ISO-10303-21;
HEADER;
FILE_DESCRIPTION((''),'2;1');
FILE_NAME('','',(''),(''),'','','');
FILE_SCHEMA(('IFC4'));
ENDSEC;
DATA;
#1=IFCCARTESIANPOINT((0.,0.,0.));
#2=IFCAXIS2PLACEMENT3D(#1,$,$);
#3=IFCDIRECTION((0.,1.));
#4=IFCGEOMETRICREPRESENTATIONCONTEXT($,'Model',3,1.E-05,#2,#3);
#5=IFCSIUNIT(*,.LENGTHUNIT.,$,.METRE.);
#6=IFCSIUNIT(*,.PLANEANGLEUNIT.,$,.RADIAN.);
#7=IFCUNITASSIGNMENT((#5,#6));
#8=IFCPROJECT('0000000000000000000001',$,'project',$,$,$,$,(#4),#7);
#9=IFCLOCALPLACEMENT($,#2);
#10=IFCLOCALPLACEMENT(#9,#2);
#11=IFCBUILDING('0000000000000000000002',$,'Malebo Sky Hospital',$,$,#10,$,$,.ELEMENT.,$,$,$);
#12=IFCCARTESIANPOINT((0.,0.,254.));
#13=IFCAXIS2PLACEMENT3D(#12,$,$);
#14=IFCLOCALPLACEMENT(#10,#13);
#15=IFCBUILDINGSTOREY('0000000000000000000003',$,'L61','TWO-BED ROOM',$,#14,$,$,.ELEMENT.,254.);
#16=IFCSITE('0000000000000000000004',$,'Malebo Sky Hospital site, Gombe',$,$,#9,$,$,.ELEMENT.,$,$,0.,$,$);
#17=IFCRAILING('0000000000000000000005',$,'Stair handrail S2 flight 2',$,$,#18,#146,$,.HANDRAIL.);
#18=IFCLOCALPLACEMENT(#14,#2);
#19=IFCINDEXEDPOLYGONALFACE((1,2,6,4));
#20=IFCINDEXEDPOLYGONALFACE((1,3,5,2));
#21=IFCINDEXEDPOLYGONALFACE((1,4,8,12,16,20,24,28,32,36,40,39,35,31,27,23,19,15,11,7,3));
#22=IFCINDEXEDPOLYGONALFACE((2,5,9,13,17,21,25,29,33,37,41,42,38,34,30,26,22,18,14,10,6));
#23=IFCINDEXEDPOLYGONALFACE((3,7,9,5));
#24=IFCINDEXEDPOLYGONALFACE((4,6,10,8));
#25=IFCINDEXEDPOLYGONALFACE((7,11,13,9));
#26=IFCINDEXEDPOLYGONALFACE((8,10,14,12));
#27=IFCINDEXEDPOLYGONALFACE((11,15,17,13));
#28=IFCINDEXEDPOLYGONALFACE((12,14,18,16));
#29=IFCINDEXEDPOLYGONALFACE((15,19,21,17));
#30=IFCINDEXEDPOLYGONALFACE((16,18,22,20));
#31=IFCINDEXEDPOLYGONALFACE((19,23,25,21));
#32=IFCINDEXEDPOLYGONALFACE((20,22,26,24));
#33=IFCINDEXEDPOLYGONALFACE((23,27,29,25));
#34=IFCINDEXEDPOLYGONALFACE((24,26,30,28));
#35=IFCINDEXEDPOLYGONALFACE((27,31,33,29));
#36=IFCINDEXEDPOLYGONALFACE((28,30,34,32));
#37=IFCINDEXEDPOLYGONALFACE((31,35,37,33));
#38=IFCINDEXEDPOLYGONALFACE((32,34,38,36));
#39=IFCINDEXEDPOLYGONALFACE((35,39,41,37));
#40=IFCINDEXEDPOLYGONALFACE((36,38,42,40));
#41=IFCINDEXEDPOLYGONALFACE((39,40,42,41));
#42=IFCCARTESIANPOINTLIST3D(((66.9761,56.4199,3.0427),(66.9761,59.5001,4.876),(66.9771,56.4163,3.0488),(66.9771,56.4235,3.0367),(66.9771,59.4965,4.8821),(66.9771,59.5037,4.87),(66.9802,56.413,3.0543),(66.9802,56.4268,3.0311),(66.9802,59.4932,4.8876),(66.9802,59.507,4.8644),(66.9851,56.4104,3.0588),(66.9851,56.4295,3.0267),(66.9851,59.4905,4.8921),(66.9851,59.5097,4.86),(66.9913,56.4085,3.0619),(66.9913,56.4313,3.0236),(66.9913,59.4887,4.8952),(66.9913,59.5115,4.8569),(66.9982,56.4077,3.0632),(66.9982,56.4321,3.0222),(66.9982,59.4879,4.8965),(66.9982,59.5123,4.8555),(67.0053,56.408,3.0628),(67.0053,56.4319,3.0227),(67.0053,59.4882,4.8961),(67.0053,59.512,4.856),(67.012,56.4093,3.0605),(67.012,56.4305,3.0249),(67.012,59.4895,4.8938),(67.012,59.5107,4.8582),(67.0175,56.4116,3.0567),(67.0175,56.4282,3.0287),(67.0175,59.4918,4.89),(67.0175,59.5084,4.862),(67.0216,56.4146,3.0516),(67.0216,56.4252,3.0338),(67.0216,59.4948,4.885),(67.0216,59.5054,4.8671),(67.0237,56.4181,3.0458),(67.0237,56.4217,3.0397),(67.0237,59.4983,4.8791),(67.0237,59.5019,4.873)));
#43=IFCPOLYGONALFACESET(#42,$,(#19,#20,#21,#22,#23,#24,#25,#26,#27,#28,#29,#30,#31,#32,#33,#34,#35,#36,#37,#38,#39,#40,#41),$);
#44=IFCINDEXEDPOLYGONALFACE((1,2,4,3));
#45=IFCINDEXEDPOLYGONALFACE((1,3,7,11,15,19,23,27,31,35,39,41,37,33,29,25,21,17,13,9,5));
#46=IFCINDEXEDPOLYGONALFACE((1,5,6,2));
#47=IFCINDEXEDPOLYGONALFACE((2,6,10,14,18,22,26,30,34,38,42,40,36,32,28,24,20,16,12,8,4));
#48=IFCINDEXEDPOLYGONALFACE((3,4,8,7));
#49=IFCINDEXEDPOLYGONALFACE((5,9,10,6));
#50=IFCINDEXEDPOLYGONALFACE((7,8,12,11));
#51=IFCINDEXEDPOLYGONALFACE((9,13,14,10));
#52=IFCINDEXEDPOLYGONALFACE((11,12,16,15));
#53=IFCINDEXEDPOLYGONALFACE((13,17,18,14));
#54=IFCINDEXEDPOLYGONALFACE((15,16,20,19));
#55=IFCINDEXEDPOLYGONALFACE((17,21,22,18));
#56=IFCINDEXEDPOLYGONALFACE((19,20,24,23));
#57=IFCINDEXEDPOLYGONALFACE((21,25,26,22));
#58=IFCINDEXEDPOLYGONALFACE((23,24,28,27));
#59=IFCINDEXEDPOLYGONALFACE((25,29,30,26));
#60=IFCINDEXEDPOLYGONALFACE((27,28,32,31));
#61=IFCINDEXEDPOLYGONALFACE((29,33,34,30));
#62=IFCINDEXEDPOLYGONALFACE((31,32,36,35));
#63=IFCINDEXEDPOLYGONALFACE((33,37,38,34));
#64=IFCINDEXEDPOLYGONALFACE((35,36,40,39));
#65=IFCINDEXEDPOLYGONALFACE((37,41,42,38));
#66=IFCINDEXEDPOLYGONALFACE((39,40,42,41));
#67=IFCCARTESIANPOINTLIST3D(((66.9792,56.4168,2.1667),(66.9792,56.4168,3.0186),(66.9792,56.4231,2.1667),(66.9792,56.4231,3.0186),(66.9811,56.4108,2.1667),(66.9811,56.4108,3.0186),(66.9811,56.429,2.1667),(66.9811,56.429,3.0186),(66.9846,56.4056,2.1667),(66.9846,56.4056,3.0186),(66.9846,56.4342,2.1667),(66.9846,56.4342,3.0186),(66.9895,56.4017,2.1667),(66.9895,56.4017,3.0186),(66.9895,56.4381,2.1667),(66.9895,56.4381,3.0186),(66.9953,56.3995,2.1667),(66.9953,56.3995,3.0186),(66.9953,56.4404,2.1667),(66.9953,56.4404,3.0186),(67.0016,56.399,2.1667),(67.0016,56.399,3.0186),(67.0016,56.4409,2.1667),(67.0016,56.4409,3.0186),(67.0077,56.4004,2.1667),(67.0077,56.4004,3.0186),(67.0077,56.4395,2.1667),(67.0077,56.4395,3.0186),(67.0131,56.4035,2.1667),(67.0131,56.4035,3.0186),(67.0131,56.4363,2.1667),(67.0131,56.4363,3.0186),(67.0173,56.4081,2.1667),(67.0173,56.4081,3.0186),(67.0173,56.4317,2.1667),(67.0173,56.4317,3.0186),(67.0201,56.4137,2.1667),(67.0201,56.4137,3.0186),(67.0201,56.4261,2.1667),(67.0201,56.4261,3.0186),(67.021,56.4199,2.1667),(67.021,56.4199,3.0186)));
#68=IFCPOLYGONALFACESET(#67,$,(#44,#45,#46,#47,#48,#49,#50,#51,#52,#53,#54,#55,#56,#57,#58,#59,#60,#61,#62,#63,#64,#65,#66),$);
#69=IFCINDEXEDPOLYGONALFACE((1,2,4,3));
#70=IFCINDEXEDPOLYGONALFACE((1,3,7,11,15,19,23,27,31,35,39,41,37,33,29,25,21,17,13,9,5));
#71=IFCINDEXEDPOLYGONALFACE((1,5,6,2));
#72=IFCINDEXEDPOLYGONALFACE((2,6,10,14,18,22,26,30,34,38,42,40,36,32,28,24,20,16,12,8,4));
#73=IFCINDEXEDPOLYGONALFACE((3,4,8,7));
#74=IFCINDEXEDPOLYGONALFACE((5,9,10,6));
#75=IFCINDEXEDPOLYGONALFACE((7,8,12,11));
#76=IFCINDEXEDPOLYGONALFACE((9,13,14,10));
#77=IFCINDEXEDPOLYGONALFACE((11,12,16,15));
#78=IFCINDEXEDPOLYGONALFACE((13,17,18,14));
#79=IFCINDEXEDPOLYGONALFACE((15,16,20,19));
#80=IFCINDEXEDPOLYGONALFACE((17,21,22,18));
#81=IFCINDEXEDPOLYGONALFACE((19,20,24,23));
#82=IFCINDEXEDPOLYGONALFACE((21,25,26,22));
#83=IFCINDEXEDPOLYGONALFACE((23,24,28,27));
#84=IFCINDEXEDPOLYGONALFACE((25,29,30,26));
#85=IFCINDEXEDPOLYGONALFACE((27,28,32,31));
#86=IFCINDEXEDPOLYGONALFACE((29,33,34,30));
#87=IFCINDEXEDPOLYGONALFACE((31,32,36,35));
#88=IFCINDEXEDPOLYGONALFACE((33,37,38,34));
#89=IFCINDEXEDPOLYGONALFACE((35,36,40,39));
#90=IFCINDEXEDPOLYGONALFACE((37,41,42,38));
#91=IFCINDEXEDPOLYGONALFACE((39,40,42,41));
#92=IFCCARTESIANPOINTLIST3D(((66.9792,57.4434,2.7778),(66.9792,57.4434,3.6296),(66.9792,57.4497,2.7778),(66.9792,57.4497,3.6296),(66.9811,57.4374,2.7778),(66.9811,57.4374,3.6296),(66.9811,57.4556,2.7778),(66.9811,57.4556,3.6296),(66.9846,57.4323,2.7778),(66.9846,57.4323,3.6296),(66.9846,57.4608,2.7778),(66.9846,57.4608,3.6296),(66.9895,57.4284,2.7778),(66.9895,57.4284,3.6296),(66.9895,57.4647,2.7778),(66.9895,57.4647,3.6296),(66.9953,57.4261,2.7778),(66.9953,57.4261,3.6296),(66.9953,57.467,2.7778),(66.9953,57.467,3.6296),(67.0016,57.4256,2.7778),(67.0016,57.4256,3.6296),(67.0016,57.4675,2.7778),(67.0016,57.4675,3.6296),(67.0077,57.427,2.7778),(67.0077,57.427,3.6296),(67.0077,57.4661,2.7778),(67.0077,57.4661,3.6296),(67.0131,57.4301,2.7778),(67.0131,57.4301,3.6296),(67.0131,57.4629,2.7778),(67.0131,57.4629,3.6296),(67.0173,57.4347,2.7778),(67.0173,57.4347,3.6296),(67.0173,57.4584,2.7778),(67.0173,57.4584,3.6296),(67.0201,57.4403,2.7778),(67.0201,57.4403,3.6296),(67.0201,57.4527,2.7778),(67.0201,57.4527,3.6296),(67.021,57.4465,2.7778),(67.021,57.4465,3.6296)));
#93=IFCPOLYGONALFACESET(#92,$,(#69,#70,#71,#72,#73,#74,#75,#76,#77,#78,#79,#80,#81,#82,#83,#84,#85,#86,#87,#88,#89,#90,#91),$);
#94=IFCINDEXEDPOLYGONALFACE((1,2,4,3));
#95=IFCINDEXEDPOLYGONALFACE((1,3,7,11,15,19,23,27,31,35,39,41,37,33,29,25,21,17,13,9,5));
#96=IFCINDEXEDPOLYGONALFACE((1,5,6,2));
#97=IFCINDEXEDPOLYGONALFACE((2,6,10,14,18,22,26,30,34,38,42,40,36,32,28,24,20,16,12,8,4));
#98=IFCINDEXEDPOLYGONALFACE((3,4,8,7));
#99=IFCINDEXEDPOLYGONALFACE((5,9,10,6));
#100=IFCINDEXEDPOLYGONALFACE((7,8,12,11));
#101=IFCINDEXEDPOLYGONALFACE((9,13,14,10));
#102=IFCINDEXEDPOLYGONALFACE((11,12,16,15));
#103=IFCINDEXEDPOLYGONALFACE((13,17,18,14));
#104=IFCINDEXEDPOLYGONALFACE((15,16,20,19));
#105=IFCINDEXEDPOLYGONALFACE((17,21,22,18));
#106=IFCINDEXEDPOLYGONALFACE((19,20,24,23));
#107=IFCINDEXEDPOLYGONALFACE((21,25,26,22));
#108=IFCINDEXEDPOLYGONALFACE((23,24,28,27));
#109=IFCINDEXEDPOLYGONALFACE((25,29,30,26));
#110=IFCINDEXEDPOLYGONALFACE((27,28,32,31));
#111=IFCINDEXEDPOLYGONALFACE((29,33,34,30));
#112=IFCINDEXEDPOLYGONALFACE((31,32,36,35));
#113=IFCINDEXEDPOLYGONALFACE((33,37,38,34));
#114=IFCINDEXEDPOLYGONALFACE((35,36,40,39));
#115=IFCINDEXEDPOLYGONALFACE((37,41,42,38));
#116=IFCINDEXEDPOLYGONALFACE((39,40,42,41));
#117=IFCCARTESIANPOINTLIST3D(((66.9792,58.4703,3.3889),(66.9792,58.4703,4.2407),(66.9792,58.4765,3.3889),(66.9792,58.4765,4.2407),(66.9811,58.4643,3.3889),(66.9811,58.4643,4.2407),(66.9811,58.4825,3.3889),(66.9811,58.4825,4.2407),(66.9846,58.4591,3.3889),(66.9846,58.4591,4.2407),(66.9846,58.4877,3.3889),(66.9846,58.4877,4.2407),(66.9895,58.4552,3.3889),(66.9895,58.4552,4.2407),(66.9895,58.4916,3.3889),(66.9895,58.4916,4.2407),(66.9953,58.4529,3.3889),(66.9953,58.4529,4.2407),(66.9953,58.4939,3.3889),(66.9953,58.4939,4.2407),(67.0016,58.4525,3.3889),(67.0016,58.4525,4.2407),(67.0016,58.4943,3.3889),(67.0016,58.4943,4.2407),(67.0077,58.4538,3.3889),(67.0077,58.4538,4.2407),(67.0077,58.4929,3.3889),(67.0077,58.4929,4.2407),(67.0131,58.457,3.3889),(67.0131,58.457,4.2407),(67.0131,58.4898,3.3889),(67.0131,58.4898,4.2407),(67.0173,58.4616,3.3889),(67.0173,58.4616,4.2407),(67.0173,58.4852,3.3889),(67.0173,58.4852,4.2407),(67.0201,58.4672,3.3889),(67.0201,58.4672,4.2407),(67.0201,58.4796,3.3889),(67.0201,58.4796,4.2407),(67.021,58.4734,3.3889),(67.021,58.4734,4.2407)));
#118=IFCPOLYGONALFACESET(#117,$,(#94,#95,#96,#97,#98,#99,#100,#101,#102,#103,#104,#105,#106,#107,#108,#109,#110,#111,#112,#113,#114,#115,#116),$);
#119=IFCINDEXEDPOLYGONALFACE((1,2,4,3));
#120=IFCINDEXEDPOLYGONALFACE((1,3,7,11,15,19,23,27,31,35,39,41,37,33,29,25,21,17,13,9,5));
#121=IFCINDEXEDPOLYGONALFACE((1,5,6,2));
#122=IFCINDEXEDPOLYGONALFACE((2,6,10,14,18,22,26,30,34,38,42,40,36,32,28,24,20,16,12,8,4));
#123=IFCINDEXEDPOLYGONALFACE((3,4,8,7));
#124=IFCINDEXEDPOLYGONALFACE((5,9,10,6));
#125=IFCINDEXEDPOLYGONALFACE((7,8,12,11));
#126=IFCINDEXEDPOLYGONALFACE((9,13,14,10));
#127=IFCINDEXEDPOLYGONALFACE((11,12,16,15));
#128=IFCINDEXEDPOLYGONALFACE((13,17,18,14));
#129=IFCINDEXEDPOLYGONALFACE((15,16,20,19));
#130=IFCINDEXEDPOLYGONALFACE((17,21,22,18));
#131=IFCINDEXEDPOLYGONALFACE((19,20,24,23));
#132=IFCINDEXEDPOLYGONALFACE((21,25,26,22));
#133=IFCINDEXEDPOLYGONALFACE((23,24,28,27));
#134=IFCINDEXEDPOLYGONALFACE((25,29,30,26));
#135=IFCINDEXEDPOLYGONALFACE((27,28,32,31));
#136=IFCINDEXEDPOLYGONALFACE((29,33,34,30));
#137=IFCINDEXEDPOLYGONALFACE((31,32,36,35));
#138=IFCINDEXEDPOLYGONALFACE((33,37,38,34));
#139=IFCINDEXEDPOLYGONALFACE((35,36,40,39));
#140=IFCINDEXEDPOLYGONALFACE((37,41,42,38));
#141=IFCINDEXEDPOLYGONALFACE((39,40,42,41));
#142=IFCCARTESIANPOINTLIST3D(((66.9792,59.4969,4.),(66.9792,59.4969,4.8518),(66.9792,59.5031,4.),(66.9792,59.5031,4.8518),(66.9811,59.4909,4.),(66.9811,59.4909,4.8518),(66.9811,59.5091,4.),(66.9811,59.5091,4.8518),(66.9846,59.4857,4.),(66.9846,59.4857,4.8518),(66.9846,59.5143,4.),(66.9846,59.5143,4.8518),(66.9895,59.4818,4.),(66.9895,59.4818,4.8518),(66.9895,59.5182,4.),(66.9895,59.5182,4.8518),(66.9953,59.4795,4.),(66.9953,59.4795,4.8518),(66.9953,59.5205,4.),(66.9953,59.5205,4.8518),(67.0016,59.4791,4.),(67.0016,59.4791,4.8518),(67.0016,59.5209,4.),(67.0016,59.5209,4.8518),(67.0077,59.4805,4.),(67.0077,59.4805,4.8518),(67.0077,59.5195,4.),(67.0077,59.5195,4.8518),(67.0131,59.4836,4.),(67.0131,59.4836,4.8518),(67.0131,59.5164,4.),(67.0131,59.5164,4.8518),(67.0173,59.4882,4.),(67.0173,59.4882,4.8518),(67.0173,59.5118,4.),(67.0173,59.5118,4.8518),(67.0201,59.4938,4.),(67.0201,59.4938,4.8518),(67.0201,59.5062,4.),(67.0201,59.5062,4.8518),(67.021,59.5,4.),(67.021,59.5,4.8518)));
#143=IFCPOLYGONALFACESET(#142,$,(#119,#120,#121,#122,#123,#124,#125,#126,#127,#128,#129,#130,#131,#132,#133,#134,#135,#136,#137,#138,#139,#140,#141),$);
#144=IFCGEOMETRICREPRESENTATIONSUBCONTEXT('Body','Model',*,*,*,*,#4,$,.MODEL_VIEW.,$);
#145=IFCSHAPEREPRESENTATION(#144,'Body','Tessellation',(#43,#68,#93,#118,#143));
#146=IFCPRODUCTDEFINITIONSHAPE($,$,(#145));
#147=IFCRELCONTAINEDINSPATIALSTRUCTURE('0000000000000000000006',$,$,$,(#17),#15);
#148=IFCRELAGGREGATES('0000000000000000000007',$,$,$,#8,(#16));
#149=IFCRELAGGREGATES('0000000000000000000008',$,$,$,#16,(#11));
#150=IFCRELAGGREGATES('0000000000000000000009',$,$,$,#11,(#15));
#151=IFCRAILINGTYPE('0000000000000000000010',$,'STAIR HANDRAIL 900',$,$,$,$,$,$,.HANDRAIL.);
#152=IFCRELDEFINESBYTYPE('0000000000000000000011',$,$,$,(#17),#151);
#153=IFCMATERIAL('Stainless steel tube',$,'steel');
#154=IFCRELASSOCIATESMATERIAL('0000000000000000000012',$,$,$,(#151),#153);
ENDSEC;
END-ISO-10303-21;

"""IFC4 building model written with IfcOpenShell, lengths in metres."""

from ifc_helpers import new_model, si_unit, direction, frame, origin, origin_2d, place, context, subcontext, project, spatial, circle, extrude, material, type_object, element, save


model = new_model("IFC4")

# Units and contexts
model_context = context("Model", 3, precision=1e-05, world=origin(), true_north=direction((0.0, 1.0)))
body_context = subcontext(model_context, "Body", "Model", "MODEL_VIEW")
ifc_project = project(units=[si_unit("LENGTHUNIT", "METRE"), si_unit("PLANEANGLEUNIT", "RADIAN")], contexts=[model_context])

# Site, building, storey
site_placement = place(None, origin())
site = spatial("IfcSite", under=ifc_project, at=site_placement, Name="Malebo Sky Hospital site, Gombe", CompositionType="ELEMENT", RefElevation=0.0)
building_placement = place(site_placement, origin())
building = spatial("IfcBuilding", under=site, at=building_placement, Name="Malebo Sky Hospital", CompositionType="ELEMENT")
storey_placement = place(building_placement, frame((0.0, 0.0, 254.0)))
storey = spatial("IfcBuildingStorey", under=building, at=storey_placement, Name="L61", Description="TWO-BED ROOM", CompositionType="ELEMENT", Elevation=254.0)

# Railing
ifc_material_1 = material(Name="Stainless steel tube", Category="steel")
railing_type = type_object("IfcRailingType", Name="STAIR HANDRAIL 900", PredefinedType="HANDRAIL", material=ifc_material_1)
railing_1_placement = place(storey_placement, frame((67.0, 56.4199, 2.1667)))
element("IfcRailing", 1, at=railing_1_placement, inside=storey, type_object=railing_type, Name="Stair handrail S2 flight 2", PredefinedType="HANDRAIL", context=body_context, shape_type="SweptSolid", body=[
    extrude(circle(Radius=0.0239, at=origin_2d()), frame((0.0, 0.0, 0.876), z_axis=(0.0, 0.859309, 0.511458), x_axis=(-1.0, 0.0, 0.0)), (0.0, 0.0, 1.0), 3.5845),
    extrude(circle(Radius=0.021, at=origin_2d()), origin(), (0.0, 0.0, 1.0), 0.8518),
    extrude(circle(Radius=0.021, at=origin_2d()), frame((0.0, 1.0266, 0.6111)), (0.0, 0.0, 1.0), 0.8518),
    extrude(circle(Radius=0.021, at=origin_2d()), frame((0.0, 2.0535, 1.2222)), (0.0, 0.0, 1.0), 0.8518),
    extrude(circle(Radius=0.021, at=origin_2d()), frame((0.0, 3.0801, 1.8333)), (0.0, 0.0, 1.0), 0.8518),
])

save(model, "model.ifc")
